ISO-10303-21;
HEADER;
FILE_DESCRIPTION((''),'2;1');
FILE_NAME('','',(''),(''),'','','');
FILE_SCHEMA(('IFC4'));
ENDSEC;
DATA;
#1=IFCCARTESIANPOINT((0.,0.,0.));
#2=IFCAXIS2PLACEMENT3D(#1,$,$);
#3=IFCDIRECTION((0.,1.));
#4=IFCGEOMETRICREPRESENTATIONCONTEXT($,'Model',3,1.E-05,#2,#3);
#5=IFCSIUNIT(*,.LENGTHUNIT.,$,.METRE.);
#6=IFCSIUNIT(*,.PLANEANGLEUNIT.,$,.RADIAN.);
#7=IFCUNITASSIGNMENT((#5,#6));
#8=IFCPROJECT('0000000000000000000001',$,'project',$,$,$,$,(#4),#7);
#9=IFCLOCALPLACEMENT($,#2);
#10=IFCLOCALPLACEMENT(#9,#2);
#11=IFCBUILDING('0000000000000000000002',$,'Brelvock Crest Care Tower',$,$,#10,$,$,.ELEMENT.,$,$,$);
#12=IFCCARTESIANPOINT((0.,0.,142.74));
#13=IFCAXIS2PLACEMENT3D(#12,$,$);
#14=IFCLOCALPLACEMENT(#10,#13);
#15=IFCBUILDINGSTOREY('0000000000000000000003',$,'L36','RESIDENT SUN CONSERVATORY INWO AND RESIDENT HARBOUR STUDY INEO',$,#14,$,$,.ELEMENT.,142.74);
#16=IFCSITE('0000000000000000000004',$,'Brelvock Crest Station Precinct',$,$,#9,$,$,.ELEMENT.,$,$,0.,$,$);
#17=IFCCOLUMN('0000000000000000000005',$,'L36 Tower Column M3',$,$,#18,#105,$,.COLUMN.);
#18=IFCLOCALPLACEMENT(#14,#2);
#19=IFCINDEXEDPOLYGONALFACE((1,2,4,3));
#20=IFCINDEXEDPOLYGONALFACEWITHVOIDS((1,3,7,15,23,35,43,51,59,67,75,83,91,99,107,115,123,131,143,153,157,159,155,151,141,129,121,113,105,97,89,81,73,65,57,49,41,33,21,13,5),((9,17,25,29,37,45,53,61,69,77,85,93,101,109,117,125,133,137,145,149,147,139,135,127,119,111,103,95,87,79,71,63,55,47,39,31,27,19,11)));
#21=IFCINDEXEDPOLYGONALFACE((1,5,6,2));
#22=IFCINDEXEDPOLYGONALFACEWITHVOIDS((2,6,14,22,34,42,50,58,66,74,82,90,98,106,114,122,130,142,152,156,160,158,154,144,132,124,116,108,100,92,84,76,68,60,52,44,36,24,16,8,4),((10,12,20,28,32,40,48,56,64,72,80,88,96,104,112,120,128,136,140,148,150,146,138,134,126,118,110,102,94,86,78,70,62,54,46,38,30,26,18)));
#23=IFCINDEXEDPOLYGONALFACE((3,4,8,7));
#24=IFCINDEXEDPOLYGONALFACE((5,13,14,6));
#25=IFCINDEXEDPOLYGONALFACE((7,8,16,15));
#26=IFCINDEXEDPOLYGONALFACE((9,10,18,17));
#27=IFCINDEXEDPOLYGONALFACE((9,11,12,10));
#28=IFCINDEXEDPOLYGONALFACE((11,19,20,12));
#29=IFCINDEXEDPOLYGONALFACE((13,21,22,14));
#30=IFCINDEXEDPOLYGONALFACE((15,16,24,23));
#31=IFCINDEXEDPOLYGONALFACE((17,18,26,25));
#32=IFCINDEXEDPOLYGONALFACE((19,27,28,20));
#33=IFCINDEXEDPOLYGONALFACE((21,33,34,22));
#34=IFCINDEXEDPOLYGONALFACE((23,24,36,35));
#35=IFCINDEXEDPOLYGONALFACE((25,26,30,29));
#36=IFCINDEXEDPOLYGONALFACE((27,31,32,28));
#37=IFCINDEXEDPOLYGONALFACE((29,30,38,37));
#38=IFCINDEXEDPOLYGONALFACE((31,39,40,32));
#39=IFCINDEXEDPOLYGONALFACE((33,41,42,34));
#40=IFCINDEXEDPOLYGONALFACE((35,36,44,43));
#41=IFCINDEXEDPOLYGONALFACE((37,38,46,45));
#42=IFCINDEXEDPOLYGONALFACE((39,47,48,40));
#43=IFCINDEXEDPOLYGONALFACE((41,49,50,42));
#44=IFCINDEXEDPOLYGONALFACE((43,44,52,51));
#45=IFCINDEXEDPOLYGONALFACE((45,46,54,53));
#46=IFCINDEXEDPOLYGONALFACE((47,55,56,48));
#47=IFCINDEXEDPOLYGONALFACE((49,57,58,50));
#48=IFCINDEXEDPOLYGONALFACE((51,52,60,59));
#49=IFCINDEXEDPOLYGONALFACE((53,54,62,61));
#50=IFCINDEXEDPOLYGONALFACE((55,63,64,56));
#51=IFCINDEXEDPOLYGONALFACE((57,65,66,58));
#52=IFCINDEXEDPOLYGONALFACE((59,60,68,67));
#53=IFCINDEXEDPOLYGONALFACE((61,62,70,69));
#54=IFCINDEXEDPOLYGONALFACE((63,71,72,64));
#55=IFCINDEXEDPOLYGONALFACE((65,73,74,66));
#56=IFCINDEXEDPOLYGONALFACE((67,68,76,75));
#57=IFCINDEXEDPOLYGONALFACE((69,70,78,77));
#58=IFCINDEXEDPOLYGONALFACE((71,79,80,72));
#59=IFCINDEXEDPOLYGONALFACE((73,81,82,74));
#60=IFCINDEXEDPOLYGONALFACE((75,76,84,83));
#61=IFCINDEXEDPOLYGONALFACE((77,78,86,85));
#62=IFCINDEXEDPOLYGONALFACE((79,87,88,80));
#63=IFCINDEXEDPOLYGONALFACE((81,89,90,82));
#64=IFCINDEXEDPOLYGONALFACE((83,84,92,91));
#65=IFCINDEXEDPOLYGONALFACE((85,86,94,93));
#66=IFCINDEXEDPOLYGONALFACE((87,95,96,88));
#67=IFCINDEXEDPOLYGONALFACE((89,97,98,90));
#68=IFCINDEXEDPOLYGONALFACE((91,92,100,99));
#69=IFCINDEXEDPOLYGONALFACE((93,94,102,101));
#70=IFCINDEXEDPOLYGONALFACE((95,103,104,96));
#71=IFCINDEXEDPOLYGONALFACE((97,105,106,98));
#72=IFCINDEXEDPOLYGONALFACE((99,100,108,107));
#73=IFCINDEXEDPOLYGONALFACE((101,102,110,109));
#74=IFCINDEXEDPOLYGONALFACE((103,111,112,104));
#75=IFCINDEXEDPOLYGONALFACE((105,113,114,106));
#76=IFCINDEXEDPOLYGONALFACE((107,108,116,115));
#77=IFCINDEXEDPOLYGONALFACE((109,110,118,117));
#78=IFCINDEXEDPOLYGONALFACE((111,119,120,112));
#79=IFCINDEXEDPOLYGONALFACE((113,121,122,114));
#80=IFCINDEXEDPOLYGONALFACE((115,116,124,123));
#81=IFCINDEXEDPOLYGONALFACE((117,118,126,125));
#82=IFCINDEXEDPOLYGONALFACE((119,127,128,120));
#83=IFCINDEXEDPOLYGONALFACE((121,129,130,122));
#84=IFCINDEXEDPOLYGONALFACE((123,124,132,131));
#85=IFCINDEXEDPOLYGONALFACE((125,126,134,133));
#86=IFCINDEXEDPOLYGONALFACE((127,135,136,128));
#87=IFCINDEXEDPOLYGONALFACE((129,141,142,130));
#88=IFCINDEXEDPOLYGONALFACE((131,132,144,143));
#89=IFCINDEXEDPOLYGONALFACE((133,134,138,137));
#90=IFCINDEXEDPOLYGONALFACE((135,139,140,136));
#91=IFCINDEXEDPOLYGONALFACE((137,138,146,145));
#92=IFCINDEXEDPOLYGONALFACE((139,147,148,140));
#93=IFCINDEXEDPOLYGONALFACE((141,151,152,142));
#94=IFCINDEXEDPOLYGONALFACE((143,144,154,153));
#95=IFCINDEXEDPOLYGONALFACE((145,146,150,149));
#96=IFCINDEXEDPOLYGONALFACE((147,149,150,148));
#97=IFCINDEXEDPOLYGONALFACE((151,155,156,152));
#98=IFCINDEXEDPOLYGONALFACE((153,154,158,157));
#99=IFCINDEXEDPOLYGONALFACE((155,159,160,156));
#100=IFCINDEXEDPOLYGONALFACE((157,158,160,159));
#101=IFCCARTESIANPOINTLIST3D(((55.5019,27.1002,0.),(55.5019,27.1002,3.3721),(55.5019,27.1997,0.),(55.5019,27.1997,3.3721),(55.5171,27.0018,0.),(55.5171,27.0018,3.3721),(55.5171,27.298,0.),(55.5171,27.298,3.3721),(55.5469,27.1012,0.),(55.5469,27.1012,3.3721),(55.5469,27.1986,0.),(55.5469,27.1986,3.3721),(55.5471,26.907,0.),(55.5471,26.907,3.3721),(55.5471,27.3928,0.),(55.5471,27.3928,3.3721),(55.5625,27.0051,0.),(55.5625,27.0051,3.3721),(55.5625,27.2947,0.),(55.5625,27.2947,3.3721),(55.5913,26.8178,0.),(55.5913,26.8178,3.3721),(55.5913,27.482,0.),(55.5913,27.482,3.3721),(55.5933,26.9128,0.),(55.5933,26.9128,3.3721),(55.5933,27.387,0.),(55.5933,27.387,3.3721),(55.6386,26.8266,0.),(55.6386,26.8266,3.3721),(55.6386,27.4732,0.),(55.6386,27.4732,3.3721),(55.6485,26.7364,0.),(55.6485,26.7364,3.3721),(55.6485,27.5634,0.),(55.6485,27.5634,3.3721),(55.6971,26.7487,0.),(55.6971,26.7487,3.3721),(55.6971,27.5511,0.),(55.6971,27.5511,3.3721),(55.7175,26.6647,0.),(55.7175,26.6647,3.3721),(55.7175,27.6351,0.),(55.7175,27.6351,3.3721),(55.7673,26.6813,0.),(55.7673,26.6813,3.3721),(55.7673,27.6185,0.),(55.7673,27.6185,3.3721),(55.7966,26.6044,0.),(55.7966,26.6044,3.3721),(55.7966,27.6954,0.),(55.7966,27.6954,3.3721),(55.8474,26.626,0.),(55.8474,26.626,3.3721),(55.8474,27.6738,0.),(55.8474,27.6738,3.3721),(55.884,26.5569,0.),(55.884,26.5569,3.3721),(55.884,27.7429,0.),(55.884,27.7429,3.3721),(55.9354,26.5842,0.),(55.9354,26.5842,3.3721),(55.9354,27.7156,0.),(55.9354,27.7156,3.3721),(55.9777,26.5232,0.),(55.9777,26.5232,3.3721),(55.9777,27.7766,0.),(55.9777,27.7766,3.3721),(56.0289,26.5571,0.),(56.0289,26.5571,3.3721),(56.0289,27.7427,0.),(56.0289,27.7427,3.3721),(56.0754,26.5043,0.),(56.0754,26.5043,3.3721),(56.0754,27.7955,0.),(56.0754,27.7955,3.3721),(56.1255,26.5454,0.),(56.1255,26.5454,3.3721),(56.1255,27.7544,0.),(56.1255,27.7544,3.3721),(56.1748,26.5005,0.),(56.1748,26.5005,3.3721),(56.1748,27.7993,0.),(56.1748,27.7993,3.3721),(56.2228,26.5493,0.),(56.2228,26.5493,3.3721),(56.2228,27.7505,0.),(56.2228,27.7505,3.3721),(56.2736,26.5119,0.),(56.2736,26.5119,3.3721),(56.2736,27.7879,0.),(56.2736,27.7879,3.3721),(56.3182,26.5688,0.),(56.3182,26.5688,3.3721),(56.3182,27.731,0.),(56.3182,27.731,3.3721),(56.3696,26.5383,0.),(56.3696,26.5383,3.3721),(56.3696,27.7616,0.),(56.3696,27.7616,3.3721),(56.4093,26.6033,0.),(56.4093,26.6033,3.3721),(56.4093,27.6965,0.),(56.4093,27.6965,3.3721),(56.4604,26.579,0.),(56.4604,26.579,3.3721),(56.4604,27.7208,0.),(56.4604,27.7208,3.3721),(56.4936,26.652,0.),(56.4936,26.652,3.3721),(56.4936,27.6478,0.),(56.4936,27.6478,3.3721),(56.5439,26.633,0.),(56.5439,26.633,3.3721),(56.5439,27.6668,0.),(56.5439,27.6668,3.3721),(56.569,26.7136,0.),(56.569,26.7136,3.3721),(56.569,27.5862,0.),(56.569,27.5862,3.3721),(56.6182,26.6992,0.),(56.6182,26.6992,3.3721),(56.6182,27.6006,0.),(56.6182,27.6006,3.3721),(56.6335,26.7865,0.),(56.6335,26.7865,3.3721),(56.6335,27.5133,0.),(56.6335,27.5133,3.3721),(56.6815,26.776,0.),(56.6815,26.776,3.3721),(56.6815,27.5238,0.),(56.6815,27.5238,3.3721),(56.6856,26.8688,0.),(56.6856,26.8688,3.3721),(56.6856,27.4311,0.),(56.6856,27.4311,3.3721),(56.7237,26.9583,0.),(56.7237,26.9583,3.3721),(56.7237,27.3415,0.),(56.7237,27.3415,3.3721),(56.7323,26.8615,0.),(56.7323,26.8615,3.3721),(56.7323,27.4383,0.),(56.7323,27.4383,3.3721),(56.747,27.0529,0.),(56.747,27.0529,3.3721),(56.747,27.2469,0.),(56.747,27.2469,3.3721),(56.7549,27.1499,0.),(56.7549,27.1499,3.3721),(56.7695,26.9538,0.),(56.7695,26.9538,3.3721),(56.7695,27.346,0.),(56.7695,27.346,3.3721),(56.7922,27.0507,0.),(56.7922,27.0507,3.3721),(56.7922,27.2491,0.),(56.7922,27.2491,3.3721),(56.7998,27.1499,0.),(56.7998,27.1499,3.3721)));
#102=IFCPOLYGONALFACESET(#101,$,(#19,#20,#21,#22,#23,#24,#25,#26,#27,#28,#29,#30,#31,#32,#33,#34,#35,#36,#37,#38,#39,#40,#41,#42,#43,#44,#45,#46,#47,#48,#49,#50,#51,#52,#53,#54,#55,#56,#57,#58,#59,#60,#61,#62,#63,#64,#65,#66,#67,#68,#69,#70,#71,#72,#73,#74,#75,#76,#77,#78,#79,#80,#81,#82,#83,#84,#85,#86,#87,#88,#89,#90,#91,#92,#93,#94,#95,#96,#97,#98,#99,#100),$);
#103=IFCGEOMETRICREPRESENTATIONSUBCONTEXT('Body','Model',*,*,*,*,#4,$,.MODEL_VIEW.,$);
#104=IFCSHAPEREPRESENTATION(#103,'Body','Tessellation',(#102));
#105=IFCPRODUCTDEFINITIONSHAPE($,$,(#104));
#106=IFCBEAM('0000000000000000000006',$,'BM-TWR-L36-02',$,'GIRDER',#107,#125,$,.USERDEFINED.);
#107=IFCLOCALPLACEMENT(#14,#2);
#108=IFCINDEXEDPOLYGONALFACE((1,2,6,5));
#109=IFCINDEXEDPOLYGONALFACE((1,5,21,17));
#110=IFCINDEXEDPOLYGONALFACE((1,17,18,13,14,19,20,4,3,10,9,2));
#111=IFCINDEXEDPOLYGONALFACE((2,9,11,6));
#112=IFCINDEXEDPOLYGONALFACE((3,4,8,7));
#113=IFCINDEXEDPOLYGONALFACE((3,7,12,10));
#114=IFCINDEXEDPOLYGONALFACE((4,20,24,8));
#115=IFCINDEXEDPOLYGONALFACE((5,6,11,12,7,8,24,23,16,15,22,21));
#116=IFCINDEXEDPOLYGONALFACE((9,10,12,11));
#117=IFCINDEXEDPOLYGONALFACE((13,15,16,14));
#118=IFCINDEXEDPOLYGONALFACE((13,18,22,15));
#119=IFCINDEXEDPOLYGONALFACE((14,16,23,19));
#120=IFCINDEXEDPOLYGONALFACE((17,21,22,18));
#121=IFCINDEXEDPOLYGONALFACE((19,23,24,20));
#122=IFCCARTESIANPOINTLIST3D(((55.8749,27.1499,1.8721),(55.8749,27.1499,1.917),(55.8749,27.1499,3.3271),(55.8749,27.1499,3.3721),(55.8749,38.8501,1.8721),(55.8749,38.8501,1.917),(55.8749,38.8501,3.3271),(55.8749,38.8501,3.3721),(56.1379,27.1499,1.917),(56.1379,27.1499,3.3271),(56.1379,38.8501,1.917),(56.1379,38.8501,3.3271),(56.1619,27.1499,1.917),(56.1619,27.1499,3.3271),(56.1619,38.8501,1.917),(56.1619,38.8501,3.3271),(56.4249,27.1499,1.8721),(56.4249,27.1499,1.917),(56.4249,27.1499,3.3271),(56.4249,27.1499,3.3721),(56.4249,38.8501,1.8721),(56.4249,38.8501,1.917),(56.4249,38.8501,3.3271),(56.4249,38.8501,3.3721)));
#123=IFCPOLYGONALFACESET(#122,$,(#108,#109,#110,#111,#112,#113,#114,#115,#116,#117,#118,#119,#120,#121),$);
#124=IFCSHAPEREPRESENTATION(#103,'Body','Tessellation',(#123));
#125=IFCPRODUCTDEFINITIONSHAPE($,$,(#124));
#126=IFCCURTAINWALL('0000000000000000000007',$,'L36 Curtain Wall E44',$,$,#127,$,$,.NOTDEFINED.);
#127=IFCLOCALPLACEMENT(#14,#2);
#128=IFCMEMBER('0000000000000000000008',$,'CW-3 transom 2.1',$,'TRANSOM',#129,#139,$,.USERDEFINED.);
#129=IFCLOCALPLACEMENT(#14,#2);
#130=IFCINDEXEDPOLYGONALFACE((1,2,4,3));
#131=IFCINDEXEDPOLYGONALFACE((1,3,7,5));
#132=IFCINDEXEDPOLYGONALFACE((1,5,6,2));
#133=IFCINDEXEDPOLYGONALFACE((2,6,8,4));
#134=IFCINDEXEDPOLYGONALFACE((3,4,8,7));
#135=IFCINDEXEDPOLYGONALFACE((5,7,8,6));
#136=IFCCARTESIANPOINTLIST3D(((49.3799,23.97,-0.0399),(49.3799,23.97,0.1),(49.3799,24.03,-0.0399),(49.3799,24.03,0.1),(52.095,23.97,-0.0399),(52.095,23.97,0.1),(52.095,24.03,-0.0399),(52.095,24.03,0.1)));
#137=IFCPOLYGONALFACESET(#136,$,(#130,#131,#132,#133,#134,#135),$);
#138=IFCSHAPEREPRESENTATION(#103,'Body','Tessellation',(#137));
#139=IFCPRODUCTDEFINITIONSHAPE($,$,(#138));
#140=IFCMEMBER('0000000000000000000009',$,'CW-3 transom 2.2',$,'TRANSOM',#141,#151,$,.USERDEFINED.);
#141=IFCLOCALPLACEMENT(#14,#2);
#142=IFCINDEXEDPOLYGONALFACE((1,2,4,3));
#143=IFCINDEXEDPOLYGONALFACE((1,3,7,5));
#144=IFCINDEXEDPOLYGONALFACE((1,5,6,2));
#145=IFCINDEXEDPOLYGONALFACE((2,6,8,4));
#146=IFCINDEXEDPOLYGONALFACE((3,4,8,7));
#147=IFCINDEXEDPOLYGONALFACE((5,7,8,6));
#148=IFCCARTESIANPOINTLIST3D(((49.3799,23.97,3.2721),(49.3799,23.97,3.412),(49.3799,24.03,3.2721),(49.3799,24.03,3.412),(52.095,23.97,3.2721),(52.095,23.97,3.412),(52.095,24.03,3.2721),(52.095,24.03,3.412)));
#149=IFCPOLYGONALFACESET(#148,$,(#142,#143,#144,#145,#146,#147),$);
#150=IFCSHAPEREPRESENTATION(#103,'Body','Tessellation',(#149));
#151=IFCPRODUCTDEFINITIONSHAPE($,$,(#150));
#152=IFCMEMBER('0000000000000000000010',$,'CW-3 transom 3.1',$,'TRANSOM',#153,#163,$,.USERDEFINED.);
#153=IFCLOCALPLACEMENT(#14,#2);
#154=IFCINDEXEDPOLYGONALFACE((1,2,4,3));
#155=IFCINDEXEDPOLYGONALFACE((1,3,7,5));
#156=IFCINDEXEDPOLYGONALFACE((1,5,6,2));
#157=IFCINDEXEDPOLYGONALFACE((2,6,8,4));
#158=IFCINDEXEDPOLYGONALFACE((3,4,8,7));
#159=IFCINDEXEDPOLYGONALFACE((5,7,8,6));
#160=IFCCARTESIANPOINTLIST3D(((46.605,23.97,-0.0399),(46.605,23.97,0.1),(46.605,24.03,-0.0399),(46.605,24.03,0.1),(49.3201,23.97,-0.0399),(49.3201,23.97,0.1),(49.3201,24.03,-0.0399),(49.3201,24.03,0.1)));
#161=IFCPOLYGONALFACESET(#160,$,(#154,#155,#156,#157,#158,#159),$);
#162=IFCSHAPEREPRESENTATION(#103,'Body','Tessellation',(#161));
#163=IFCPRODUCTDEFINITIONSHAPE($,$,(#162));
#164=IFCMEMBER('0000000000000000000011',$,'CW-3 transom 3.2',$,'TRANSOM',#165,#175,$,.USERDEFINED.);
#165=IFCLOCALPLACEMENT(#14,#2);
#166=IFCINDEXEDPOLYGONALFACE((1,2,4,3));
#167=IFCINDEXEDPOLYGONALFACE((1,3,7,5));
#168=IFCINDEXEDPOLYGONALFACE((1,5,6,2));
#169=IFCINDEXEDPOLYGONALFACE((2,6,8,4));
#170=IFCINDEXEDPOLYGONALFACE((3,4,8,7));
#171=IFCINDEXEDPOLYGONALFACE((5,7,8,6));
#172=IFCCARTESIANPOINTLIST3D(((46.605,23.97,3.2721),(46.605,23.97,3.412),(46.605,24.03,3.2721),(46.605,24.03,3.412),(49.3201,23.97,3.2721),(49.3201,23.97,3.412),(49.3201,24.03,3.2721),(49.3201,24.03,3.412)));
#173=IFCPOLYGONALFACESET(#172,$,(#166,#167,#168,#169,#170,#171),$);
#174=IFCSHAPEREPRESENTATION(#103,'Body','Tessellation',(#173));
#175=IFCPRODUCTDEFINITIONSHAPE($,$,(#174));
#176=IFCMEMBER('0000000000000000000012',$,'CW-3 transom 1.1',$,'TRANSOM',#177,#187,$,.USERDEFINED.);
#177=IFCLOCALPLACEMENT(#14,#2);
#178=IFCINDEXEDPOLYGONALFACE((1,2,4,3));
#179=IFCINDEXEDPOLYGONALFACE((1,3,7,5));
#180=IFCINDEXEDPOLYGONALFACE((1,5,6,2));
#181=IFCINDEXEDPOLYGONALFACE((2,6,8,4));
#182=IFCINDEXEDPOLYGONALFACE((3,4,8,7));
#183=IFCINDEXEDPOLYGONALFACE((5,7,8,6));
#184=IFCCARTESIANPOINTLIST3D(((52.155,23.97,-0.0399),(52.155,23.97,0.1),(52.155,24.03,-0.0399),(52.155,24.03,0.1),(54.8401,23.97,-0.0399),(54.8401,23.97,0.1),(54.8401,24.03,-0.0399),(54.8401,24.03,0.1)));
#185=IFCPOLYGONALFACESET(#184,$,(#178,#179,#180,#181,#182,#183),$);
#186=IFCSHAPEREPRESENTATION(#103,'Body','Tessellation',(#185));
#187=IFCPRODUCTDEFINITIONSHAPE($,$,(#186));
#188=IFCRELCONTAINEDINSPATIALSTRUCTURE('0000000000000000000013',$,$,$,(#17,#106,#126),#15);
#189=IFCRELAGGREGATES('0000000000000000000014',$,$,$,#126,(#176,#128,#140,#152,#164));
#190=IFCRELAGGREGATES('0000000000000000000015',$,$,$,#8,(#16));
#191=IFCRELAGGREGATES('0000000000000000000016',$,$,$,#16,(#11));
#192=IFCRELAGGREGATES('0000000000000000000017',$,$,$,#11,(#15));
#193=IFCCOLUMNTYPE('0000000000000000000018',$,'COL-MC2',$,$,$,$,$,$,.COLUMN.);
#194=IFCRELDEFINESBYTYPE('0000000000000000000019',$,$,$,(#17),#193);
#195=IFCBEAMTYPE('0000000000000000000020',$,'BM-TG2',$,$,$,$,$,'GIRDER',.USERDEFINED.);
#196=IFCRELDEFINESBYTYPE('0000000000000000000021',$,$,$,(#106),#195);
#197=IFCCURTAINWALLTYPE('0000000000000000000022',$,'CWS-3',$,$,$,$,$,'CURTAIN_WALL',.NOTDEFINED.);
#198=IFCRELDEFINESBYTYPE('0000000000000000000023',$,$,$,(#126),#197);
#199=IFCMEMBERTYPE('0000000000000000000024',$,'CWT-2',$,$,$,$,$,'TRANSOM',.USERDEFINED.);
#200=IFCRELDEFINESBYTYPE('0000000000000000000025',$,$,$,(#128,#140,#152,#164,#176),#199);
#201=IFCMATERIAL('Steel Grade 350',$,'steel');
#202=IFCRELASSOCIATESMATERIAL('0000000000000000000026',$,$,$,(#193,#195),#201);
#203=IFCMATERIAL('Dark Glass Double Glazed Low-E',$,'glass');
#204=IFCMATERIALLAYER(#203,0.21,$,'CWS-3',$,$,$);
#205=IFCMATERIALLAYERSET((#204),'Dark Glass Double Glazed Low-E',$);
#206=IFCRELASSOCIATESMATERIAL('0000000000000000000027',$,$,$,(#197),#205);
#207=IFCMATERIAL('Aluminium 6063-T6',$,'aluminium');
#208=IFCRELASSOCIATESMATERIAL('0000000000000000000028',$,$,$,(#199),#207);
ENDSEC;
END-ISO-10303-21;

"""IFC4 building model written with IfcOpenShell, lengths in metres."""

from ifc_helpers import new_model, si_unit, direction, frame, origin, origin_2d, place, context, subcontext, project, spatial, rectangle, hollow_circle, i_section, extrude, source, transform, mapped, material, layer, layer_set, material_profile, profile_set, type_object, element, aggregate, save


model = new_model("IFC4")

# Units and contexts
model_context = context("Model", 3, precision=1e-05, world=origin(), true_north=direction((0.0, 1.0)))
body_context = subcontext(model_context, "Body", "Model", "MODEL_VIEW")
ifc_project = project(units=[si_unit("LENGTHUNIT", "METRE"), si_unit("PLANEANGLEUNIT", "RADIAN")], contexts=[model_context])

# Site, building, storey
site_placement = place(None, origin())
site = spatial("IfcSite", under=ifc_project, at=site_placement, Name="Brelvock Crest Station Precinct", CompositionType="ELEMENT", RefElevation=0.0)
building_placement = place(site_placement, origin())
building = spatial("IfcBuilding", under=site, at=building_placement, Name="Brelvock Crest Care Tower", CompositionType="ELEMENT")
storey_placement = place(building_placement, frame((0.0, 0.0, 142.74)))
storey = spatial("IfcBuildingStorey", under=building, at=storey_placement, Name="L36", Description="RESIDENT SUN CONSERVATORY INWO AND RESIDENT HARBOUR STUDY INEO", CompositionType="ELEMENT", Elevation=142.74)

# Column
ifc_material_1 = material(Name="Steel Grade 350", Category="steel")
ifc_material_profile_1 = material_profile(ifc_material_1, hollow_circle(Radius=0.6499, WallThickness=0.0449, at=origin_2d()), Name="CFT1300x45")
ifc_profile_set_1 = profile_set([ifc_material_profile_1], Name="Steel Grade 350")
column_type = type_object("IfcColumnType", Name="COL-MC2", PredefinedType="COLUMN", material=ifc_profile_set_1)
shared_shape_1 = source(origin(), body_context, "Body", "SweptSolid", [
    extrude(hollow_circle(Radius=0.6499, WallThickness=0.0449, at=origin_2d()), origin(), (0.0, 0.0, 1.0), 3.3721),
])
column_placement = place(storey_placement, frame((56.1499, 27.1499, 0.0), z_axis=(0.0, 0.0, 1.0), x_axis=(1.0, 0.0, 0.0)))
element("IfcColumn", 1, at=column_placement, inside=storey, type_object=column_type, Name="L36 Tower Column M3", PredefinedType="COLUMN", context=body_context, shape_type="MappedRepresentation", body=[
    mapped(shared_shape_1, transform((0.0, 0.0, 0.0), x_axis=(1.0, 0.0, 0.0), y_axis=(0.0, 1.0, 0.0), z_axis=(0.0, 0.0, 1.0), scale=1.0)),
])

# Beam
ifc_material_profile_2 = material_profile(ifc_material_1, i_section(OverallWidth=0.55, OverallDepth=1.5, WebThickness=0.0239, FlangeThickness=0.0449, at=origin_2d()), Name="1500TG580")
ifc_profile_set_2 = profile_set([ifc_material_profile_2], Name="Steel Grade 350")
beam_type = type_object("IfcBeamType", Name="BM-TG2", ElementType="GIRDER", PredefinedType="USERDEFINED", material=ifc_profile_set_2)
shared_shape_2 = source(origin(), body_context, "Body", "SweptSolid", [
    extrude(i_section(OverallWidth=0.55, OverallDepth=1.5, WebThickness=0.0239, FlangeThickness=0.0449, at=origin_2d()), origin(), (0.0, 0.0, 1.0), 11.7002),
])
beam_placement = place(storey_placement, frame((56.1499, 27.1499, 2.6221), z_axis=(0.0, 1.0, 0.0), x_axis=(-1.0, 0.0, 0.0)))
element("IfcBeam", 2, at=beam_placement, inside=storey, type_object=beam_type, Name="BM-TWR-L36-02", ObjectType="GIRDER", PredefinedType="USERDEFINED", context=body_context, shape_type="MappedRepresentation", body=[
    mapped(shared_shape_2, transform((0.0, 0.0, 0.0), x_axis=(1.0, 0.0, 0.0), y_axis=(0.0, 1.0, 0.0), z_axis=(0.0, 0.0, 1.0), scale=1.0)),
])

# Curtain wall, members
ifc_material_2 = material(Name="Dark Glass Double Glazed Low-E", Category="glass")
ifc_layer_1 = layer(ifc_material_2, 0.21, Name="CWS-3")
ifc_layer_set_1 = layer_set([ifc_layer_1], Name="Dark Glass Double Glazed Low-E")
curtain_wall_type = type_object("IfcCurtainWallType", Name="CWS-3", ElementType="CURTAIN_WALL", PredefinedType="NOTDEFINED", material=ifc_layer_set_1)
curtain_wall_1_placement = place(storey_placement, origin())
curtain_wall_1 = element("IfcCurtainWall", 3, at=curtain_wall_1_placement, inside=storey, type_object=curtain_wall_type, Name="L36 Curtain Wall E44", PredefinedType="NOTDEFINED")
ifc_material_3 = material(Name="Aluminium 6063-T6", Category="aluminium")
ifc_material_profile_3 = material_profile(ifc_material_3, rectangle(XDim=0.0601, YDim=0.1399, at=origin_2d()), Name="ALU60x140")
ifc_profile_set_3 = profile_set([ifc_material_profile_3], Name="Aluminium 6063-T6")
member_type_1 = type_object("IfcMemberType", Name="CWT-2", ElementType="TRANSOM", PredefinedType="USERDEFINED", material=ifc_profile_set_3)
shared_shape_3 = source(origin(), body_context, "Body", "SweptSolid", [
    extrude(rectangle(XDim=0.0601, YDim=0.1399, at=origin_2d()), origin(), (0.0, 0.0, 1.0), 2.7151),
])
member_1_placement = place(storey_placement, frame((52.095, 24.0, 0.03), z_axis=(-1.0, 0.0, 0.0), x_axis=(0.0, -1.0, 0.0)))
member_1 = element("IfcMember", 4, at=member_1_placement, type_object=member_type_1, Name="CW-3 transom 2.1", ObjectType="TRANSOM", PredefinedType="USERDEFINED", context=body_context, shape_type="MappedRepresentation", body=[
    mapped(shared_shape_3, transform((0.0, 0.0, 0.0), x_axis=(1.0, 0.0, 0.0), y_axis=(0.0, 1.0, 0.0), z_axis=(0.0, 0.0, 1.0), scale=1.0)),
])
member_2_placement = place(storey_placement, frame((52.095, 24.0, 3.342), z_axis=(-1.0, 0.0, 0.0), x_axis=(0.0, -1.0, 0.0)))
member_2 = element("IfcMember", 5, at=member_2_placement, type_object=member_type_1, Name="CW-3 transom 2.2", ObjectType="TRANSOM", PredefinedType="USERDEFINED", context=body_context, shape_type="MappedRepresentation", body=[
    mapped(shared_shape_3, transform((0.0, 0.0, 0.0), x_axis=(1.0, 0.0, 0.0), y_axis=(0.0, 1.0, 0.0), z_axis=(0.0, 0.0, 1.0), scale=1.0)),
])
member_3_placement = place(storey_placement, frame((49.3201, 24.0, 0.03), z_axis=(-1.0, 0.0, 0.0), x_axis=(0.0, -1.0, 0.0)))
member_3 = element("IfcMember", 6, at=member_3_placement, type_object=member_type_1, Name="CW-3 transom 3.1", ObjectType="TRANSOM", PredefinedType="USERDEFINED", context=body_context, shape_type="MappedRepresentation", body=[
    mapped(shared_shape_3, transform((0.0, 0.0, 0.0), x_axis=(1.0, 0.0, 0.0), y_axis=(0.0, 1.0, 0.0), z_axis=(0.0, 0.0, 1.0), scale=1.0)),
])
member_4_placement = place(storey_placement, frame((49.3201, 24.0, 3.342), z_axis=(-1.0, 0.0, 0.0), x_axis=(0.0, -1.0, 0.0)))
member_4 = element("IfcMember", 7, at=member_4_placement, type_object=member_type_1, Name="CW-3 transom 3.2", ObjectType="TRANSOM", PredefinedType="USERDEFINED", context=body_context, shape_type="MappedRepresentation", body=[
    mapped(shared_shape_3, transform((0.0, 0.0, 0.0), x_axis=(1.0, 0.0, 0.0), y_axis=(0.0, 1.0, 0.0), z_axis=(0.0, 0.0, 1.0), scale=1.0)),
])
shared_shape_4 = source(origin(), body_context, "Body", "SweptSolid", [
    extrude(rectangle(XDim=0.0601, YDim=0.1399, at=origin_2d()), origin(), (0.0, 0.0, 1.0), 2.6851),
])
member_5_placement = place(storey_placement, frame((54.8401, 24.0, 0.03), z_axis=(-1.0, 0.0, 0.0), x_axis=(0.0, -1.0, 0.0)))
member_5 = element("IfcMember", 8, at=member_5_placement, type_object=member_type_1, Name="CW-3 transom 1.1", ObjectType="TRANSOM", PredefinedType="USERDEFINED", context=body_context, shape_type="MappedRepresentation", body=[
    mapped(shared_shape_4, transform((0.0, 0.0, 0.0), x_axis=(1.0, 0.0, 0.0), y_axis=(0.0, 1.0, 0.0), z_axis=(0.0, 0.0, 1.0), scale=1.0)),
])

aggregate(curtain_wall_1, [member_5, member_1, member_2, member_3, member_4])

save(model, "model.ifc")
